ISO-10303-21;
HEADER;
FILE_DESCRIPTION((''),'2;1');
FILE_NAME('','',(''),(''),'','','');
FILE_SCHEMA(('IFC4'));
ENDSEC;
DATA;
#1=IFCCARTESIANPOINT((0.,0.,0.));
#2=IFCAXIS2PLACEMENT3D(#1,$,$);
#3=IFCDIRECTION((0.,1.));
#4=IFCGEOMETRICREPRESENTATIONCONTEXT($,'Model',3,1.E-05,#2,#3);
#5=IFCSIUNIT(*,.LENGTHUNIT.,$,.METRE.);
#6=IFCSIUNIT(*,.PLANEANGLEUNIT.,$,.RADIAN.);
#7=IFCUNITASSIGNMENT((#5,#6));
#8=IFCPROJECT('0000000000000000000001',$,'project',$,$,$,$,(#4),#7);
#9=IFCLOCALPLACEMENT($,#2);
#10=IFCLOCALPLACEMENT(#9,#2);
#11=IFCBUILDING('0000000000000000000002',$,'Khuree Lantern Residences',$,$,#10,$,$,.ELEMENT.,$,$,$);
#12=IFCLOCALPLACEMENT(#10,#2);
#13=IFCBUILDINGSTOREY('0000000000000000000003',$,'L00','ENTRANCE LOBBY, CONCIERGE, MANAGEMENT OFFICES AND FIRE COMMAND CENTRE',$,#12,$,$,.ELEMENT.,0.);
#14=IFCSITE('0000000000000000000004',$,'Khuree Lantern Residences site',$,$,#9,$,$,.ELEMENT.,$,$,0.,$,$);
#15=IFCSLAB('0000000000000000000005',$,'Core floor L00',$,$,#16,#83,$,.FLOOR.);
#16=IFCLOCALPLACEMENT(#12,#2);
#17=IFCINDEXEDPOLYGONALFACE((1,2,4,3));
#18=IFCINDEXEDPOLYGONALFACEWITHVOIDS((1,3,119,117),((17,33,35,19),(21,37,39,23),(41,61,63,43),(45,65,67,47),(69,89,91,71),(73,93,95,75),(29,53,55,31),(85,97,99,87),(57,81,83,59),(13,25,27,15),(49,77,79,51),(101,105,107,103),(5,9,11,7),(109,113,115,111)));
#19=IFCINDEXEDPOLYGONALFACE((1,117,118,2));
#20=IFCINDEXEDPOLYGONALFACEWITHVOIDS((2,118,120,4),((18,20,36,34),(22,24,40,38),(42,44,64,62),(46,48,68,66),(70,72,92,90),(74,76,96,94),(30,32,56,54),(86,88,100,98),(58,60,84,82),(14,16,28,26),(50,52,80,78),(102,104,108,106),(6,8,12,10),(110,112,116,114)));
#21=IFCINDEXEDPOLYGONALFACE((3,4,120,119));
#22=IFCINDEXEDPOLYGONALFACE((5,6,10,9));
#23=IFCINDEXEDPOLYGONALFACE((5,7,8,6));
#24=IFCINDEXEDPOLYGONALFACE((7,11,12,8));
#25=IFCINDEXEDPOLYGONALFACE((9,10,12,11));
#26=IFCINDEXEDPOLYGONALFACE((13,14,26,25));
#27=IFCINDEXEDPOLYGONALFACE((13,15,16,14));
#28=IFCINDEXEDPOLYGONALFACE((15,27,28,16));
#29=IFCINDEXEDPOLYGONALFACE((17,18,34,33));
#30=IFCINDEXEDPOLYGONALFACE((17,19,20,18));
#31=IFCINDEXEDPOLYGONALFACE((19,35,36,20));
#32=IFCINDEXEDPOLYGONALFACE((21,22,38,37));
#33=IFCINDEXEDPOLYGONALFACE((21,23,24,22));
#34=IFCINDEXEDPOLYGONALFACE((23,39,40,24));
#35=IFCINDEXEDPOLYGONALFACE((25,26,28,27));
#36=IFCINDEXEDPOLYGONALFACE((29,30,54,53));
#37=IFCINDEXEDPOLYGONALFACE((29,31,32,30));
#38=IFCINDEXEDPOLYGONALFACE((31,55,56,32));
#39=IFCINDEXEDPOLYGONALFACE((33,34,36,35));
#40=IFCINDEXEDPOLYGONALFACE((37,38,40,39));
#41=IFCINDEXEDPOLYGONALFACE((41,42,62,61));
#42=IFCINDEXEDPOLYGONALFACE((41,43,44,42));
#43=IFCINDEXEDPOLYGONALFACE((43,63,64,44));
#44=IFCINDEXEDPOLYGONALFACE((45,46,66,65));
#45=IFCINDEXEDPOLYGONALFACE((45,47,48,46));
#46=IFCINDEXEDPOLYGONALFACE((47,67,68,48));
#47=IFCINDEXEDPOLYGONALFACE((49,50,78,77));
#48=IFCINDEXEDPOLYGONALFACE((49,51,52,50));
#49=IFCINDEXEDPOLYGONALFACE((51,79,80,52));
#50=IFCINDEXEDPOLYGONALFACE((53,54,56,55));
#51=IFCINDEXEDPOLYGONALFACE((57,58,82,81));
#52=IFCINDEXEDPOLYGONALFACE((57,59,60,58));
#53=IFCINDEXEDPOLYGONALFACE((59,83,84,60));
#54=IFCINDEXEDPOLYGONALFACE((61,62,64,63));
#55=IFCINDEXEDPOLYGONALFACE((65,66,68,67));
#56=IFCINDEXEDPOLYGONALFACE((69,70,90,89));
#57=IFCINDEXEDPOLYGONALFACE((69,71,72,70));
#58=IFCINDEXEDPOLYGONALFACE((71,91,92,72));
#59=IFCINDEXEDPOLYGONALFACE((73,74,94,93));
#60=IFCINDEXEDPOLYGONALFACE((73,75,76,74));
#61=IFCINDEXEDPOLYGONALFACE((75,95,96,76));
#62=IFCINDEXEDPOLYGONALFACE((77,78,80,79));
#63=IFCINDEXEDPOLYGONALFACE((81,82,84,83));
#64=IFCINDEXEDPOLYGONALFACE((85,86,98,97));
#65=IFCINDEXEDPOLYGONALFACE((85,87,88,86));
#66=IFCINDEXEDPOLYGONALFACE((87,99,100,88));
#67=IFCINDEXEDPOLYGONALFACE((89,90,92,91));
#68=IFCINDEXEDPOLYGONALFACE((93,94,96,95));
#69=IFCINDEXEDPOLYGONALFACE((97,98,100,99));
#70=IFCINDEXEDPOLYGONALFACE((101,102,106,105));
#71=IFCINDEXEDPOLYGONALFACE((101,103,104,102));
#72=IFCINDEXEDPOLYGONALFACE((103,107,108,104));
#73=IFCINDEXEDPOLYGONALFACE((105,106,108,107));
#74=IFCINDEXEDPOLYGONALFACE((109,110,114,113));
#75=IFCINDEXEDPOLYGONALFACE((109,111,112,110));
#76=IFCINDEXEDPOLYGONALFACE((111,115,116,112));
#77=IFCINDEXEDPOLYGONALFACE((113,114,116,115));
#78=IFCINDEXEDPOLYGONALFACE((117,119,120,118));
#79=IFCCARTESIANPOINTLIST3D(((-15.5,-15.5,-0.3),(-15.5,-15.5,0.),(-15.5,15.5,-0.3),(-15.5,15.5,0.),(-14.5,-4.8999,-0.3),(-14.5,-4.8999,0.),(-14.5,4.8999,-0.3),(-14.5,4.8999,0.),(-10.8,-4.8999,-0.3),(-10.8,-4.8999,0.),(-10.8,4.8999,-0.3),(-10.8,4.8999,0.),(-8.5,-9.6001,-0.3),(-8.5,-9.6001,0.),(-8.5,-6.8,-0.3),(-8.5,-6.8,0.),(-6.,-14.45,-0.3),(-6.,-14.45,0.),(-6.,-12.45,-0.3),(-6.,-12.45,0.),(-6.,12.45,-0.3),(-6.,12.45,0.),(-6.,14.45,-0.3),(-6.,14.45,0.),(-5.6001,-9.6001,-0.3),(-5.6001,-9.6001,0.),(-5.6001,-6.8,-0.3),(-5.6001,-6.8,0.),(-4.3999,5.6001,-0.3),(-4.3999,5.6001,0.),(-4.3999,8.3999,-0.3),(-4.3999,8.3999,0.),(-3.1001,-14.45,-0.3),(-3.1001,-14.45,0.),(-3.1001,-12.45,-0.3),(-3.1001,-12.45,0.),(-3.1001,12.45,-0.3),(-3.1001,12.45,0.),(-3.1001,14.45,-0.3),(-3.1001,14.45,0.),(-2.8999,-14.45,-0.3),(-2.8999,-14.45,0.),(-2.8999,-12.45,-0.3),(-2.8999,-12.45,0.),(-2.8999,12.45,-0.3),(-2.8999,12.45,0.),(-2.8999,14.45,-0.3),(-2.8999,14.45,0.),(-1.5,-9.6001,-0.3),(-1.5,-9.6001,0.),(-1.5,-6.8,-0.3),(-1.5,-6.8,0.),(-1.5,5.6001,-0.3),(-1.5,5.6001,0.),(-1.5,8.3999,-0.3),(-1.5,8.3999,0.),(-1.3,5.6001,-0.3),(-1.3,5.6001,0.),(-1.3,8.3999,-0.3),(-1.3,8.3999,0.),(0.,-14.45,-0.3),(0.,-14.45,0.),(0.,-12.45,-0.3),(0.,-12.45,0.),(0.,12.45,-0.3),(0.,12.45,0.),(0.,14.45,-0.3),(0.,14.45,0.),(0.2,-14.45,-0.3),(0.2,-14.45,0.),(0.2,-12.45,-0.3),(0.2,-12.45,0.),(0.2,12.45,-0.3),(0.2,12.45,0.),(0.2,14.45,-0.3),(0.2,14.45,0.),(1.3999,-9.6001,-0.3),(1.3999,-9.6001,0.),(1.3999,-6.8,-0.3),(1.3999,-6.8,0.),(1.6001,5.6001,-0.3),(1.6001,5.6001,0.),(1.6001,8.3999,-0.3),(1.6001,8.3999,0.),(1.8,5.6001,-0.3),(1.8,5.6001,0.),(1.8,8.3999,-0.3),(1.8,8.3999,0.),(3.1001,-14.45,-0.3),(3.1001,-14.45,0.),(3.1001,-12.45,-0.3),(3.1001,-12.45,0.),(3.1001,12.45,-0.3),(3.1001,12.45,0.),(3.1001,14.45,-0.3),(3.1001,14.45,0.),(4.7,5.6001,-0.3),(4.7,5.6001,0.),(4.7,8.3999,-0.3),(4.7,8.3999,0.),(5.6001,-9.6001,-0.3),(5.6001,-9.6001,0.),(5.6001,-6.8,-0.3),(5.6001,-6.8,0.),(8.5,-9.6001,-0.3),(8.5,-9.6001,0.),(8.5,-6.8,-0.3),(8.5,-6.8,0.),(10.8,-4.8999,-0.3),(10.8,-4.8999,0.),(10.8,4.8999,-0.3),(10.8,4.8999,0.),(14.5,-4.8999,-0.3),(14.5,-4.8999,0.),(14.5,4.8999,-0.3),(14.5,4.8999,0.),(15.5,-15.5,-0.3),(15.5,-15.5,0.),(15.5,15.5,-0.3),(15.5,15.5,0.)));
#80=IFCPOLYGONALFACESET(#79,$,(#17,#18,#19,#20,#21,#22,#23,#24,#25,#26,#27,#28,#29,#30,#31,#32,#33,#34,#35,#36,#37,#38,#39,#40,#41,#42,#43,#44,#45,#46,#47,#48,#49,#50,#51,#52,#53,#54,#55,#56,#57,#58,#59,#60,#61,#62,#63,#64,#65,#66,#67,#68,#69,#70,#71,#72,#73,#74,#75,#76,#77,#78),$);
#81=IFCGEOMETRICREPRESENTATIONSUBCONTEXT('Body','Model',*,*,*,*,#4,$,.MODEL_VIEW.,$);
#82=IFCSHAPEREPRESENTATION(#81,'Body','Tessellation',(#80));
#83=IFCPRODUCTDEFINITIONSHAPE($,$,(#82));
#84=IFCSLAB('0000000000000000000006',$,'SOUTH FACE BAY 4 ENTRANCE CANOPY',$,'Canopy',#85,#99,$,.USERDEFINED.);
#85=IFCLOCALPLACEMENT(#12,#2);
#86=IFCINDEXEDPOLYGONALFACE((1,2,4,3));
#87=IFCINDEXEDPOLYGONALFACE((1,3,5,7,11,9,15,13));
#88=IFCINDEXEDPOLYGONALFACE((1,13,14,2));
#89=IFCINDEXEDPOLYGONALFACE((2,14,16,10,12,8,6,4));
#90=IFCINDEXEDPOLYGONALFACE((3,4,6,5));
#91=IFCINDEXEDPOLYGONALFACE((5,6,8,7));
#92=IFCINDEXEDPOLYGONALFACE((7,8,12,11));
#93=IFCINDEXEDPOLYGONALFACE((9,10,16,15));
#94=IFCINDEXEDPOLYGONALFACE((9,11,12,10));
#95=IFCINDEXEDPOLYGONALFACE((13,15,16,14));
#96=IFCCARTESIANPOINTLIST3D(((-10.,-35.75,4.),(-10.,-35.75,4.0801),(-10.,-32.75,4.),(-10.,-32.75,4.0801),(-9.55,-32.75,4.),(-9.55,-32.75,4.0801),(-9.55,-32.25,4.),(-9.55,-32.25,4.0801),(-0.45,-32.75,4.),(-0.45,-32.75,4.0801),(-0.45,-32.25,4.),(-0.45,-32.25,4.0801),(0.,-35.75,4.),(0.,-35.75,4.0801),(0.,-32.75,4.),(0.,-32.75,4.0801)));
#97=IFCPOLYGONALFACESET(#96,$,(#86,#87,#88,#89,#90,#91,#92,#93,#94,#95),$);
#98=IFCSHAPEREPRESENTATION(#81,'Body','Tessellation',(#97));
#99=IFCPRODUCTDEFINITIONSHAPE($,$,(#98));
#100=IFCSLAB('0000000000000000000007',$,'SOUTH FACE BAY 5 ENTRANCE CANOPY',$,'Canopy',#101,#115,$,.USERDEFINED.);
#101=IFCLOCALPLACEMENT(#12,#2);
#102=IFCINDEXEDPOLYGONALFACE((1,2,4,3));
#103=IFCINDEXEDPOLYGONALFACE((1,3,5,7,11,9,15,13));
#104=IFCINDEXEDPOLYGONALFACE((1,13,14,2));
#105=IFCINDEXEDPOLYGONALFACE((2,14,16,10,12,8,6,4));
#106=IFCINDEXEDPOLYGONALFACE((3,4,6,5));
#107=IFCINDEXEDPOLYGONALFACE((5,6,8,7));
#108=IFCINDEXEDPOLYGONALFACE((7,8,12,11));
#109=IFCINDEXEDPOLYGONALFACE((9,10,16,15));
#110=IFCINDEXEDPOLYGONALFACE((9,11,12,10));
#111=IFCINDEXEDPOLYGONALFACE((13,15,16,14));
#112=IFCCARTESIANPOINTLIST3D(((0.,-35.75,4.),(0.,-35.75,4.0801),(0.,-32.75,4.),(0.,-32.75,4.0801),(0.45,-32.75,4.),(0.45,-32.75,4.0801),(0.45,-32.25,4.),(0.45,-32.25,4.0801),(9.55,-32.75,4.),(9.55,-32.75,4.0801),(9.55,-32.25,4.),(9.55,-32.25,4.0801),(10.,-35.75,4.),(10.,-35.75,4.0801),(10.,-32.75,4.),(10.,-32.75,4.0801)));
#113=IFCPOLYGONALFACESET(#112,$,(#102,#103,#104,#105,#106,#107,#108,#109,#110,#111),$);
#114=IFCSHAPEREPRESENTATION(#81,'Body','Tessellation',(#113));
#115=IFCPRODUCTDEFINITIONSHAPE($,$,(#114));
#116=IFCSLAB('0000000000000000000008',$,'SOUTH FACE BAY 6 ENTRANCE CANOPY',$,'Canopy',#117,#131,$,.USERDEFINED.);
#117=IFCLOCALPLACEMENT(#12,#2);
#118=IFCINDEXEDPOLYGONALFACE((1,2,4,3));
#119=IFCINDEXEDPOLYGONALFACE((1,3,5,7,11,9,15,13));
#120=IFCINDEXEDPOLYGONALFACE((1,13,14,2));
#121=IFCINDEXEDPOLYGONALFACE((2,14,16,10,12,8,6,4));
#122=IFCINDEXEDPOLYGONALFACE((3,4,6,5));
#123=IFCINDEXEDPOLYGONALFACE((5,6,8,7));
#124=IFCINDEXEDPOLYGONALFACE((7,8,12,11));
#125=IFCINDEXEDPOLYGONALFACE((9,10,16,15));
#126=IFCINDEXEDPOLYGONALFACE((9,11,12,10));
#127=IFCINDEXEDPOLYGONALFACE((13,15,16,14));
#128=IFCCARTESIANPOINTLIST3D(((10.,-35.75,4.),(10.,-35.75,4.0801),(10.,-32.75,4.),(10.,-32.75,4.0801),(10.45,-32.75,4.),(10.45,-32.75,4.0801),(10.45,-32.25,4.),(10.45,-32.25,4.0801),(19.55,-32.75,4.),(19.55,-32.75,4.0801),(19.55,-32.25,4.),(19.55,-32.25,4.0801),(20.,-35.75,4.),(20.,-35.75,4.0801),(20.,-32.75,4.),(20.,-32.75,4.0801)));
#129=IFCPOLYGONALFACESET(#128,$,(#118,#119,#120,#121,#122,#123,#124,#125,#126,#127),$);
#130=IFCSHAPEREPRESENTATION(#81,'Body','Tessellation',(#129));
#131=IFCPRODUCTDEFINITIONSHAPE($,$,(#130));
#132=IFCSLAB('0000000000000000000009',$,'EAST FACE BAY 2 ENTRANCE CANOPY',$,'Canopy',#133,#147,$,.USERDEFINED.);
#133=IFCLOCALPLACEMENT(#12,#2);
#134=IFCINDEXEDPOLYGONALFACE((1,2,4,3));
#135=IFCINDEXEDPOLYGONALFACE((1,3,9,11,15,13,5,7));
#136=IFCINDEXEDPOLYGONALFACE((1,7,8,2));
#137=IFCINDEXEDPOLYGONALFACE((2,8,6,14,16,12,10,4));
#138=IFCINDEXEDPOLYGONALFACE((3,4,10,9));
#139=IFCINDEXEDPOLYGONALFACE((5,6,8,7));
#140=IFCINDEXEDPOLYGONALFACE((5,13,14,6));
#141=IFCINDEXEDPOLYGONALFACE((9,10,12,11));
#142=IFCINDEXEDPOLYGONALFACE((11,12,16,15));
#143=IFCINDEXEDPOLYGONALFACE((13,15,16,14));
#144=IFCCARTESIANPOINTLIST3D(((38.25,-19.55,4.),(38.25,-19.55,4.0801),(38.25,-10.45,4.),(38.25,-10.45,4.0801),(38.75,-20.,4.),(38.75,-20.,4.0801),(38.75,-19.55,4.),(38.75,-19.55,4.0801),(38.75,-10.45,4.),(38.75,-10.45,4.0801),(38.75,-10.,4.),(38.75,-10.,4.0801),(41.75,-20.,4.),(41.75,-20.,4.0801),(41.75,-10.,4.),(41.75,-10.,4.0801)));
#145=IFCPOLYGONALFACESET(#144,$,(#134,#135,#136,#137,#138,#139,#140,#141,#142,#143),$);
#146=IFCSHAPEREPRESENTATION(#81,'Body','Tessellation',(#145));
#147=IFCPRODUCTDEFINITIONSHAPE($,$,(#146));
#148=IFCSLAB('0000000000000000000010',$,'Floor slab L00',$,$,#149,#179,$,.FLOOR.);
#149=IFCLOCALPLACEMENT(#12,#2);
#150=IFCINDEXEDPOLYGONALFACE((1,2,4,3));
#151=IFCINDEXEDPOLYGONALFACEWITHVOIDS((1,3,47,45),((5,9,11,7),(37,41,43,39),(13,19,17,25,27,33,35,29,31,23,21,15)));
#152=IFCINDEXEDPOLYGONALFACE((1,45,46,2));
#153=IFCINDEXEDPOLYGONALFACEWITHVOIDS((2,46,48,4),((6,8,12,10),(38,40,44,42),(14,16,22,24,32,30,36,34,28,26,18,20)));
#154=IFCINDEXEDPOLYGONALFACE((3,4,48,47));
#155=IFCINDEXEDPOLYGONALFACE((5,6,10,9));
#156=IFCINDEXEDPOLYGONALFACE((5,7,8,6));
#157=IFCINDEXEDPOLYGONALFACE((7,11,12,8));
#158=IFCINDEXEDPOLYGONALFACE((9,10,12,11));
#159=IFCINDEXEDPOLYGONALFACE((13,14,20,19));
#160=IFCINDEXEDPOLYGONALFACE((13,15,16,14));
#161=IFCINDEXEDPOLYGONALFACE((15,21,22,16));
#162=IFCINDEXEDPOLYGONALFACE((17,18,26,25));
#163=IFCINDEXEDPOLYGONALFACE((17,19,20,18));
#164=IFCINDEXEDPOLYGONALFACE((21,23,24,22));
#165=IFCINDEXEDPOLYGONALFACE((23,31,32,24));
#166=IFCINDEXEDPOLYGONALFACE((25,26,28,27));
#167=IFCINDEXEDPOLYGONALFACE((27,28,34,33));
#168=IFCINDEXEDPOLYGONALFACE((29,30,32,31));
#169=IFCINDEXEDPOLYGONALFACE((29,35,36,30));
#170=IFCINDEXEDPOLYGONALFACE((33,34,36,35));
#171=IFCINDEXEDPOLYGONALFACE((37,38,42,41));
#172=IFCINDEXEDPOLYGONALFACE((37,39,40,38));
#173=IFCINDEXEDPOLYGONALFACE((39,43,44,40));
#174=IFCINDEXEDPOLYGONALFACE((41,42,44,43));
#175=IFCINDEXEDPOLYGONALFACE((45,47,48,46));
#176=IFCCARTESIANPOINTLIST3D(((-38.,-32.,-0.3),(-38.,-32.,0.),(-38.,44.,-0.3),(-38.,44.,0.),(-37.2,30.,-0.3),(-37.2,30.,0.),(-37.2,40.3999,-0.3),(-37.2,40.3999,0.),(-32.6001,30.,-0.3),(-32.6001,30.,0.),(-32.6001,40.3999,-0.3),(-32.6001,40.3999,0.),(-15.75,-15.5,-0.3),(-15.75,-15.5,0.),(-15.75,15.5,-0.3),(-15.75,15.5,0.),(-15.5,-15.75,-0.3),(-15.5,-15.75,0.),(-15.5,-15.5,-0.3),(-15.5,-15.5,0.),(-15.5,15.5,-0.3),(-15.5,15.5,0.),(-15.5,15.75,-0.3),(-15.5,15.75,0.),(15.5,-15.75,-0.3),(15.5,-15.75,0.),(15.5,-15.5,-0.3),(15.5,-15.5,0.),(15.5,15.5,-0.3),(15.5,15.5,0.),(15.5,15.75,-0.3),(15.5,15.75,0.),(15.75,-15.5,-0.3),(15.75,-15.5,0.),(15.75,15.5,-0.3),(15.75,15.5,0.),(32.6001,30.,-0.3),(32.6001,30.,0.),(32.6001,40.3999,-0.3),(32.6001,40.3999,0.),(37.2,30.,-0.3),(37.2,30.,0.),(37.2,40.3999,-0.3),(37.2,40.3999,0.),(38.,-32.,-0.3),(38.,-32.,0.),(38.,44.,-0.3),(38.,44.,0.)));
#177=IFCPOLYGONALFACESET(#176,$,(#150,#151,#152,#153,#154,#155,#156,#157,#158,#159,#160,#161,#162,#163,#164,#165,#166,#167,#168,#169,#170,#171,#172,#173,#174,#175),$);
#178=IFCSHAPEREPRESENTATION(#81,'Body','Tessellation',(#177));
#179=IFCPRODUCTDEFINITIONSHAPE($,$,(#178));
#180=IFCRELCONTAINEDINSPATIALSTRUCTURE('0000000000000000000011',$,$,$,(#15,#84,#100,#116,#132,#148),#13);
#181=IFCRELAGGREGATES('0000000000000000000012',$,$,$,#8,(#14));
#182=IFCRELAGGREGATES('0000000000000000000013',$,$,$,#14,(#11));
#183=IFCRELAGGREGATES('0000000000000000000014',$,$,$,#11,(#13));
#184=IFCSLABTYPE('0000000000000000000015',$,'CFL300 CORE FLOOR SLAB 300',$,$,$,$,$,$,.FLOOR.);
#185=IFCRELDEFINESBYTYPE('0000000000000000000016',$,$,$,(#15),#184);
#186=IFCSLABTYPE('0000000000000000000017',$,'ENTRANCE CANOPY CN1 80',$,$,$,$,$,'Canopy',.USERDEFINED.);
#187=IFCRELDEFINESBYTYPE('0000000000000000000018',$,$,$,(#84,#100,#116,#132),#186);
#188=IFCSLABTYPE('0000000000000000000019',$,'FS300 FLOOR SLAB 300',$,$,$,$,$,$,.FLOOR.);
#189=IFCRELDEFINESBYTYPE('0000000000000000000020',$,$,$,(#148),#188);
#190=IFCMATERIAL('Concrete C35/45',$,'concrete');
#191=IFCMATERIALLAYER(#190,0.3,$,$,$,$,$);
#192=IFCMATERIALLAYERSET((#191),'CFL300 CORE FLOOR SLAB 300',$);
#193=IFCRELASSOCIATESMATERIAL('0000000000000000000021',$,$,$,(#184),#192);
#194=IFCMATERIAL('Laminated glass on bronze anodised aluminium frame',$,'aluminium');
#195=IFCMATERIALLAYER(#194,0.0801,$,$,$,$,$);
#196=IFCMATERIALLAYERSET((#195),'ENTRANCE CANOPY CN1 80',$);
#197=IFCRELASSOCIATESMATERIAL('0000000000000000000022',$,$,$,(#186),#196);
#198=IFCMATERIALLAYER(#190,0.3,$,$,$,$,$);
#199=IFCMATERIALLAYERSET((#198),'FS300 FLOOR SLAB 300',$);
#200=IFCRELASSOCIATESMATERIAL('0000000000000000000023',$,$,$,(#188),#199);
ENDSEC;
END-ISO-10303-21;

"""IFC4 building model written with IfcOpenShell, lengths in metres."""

from ifc_helpers import new_model, si_unit, direction, frame, origin, place, context, subcontext, project, spatial, polyline, outline, extrude, material, layer, layer_set, type_object, element, save


model = new_model("IFC4")

# Units and contexts
model_context = context("Model", 3, precision=1e-05, world=origin(), true_north=direction((0.0, 1.0)))
body_context = subcontext(model_context, "Body", "Model", "MODEL_VIEW")
ifc_project = project(units=[si_unit("LENGTHUNIT", "METRE"), si_unit("PLANEANGLEUNIT", "RADIAN")], contexts=[model_context])

# Site, building, storey
site_placement = place(None, origin())
site = spatial("IfcSite", under=ifc_project, at=site_placement, Name="Khuree Lantern Residences site", CompositionType="ELEMENT", RefElevation=0.0)
building_placement = place(site_placement, origin())
building = spatial("IfcBuilding", under=site, at=building_placement, Name="Khuree Lantern Residences", CompositionType="ELEMENT")
storey_placement = place(building_placement, origin())
storey = spatial("IfcBuildingStorey", under=building, at=storey_placement, Name="L00", Description="ENTRANCE LOBBY, CONCIERGE, MANAGEMENT OFFICES AND FIRE COMMAND CENTRE", CompositionType="ELEMENT", Elevation=0.0)

# Slabs
ifc_material_1 = material(Name="Concrete C35/45", Category="concrete")
ifc_layer_1 = layer(ifc_material_1, 0.3)
ifc_layer_set_1 = layer_set([ifc_layer_1], Name="CFL300 CORE FLOOR SLAB 300")
slab_type_1 = type_object("IfcSlabType", Name="CFL300 CORE FLOOR SLAB 300", PredefinedType="FLOOR", material=ifc_layer_set_1)
slab_1_placement = place(storey_placement, frame((0.0, 0.0, -0.3)))
element("IfcSlab", 1, at=slab_1_placement, inside=storey, type_object=slab_type_1, Name="Core floor L00", PredefinedType="FLOOR", context=body_context, shape_type="SweptSolid", body=[
    extrude(outline(polyline([(-15.5, -15.5), (-15.5, 15.5), (15.5, 15.5), (15.5, -15.5), (-15.5, -15.5)]), holes=[polyline([(14.5, -4.8999), (14.5, 4.8999), (10.8, 4.8999), (10.8, -4.8999), (14.5, -4.8999)]), polyline([(8.5, -9.6001), (8.5, -6.8), (5.6001, -6.8), (5.6001, -9.6001), (8.5, -9.6001)]), polyline([(4.7, 8.3999), (1.8, 8.3999), (1.8, 5.6001), (4.7, 5.6001), (4.7, 8.3999)]), polyline([(3.1001, -12.45), (0.2, -12.45), (0.2, -14.45), (3.1001, -14.45), (3.1001, -12.45)]), polyline([(3.1001, 14.45), (0.2, 14.45), (0.2, 12.45), (3.1001, 12.45), (3.1001, 14.45)]), polyline([(1.6001, 8.3999), (-1.3, 8.3999), (-1.3, 5.6001), (1.6001, 5.6001), (1.6001, 8.3999)]), polyline([(1.3999, -6.8), (-1.5, -6.8), (-1.5, -9.6001), (1.3999, -9.6001), (1.3999, -6.8)]), polyline([(0.0, -12.45), (-2.8999, -12.45), (-2.8999, -14.45), (0.0, -14.45), (0.0, -12.45)]), polyline([(0.0, 12.45), (0.0, 14.45), (-2.8999, 14.45), (-2.8999, 12.45), (0.0, 12.45)]), polyline([(-1.5, 8.3999), (-4.3999, 8.3999), (-4.3999, 5.6001), (-1.5, 5.6001), (-1.5, 8.3999)]), polyline([(-3.1001, -12.45), (-6.0, -12.45), (-6.0, -14.45), (-3.1001, -14.45), (-3.1001, -12.45)]), polyline([(-3.1001, 12.45), (-3.1001, 14.45), (-6.0, 14.45), (-6.0, 12.45), (-3.1001, 12.45)]), polyline([(-5.6001, -6.8), (-8.5, -6.8), (-8.5, -9.6001), (-5.6001, -9.6001), (-5.6001, -6.8)]), polyline([(-10.8, 4.8999), (-14.5, 4.8999), (-14.5, -4.8999), (-10.8, -4.8999), (-10.8, 4.8999)])]), origin(), (0.0, 0.0, 1.0), 0.3),
])
ifc_material_2 = material(Name="Laminated glass on bronze anodised aluminium frame", Category="aluminium")
ifc_layer_2 = layer(ifc_material_2, 0.0801)
ifc_layer_set_2 = layer_set([ifc_layer_2], Name="ENTRANCE CANOPY CN1 80")
slab_type_2 = type_object("IfcSlabType", Name="ENTRANCE CANOPY CN1 80", ElementType="Canopy", PredefinedType="USERDEFINED", material=ifc_layer_set_2)
slab_2_placement = place(storey_placement, frame((0.0, 0.0, 4.0)))
element("IfcSlab", 2, at=slab_2_placement, inside=storey, type_object=slab_type_2, Name="SOUTH FACE BAY 4 ENTRANCE CANOPY", ObjectType="Canopy", PredefinedType="USERDEFINED", context=body_context, shape_type="SweptSolid", body=[
    extrude(outline(polyline([(-9.55, -32.25), (-0.45, -32.25), (-0.45, -32.75), (0.0, -32.75), (0.0, -35.75), (-10.0, -35.75), (-10.0, -32.75), (-9.55, -32.75), (-9.55, -32.25)])), origin(), (0.0, 0.0, 1.0), 0.0801),
])
slab_3_placement = place(storey_placement, frame((0.0, 0.0, 4.0)))
element("IfcSlab", 3, at=slab_3_placement, inside=storey, type_object=slab_type_2, Name="SOUTH FACE BAY 5 ENTRANCE CANOPY", ObjectType="Canopy", PredefinedType="USERDEFINED", context=body_context, shape_type="SweptSolid", body=[
    extrude(outline(polyline([(0.45, -32.25), (9.55, -32.25), (9.55, -32.75), (10.0, -32.75), (10.0, -35.75), (0.0, -35.75), (0.0, -32.75), (0.45, -32.75), (0.45, -32.25)])), origin(), (0.0, 0.0, 1.0), 0.0801),
])
slab_4_placement = place(storey_placement, frame((0.0, 0.0, 4.0)))
element("IfcSlab", 4, at=slab_4_placement, inside=storey, type_object=slab_type_2, Name="SOUTH FACE BAY 6 ENTRANCE CANOPY", ObjectType="Canopy", PredefinedType="USERDEFINED", context=body_context, shape_type="SweptSolid", body=[
    extrude(outline(polyline([(10.45, -32.25), (19.55, -32.25), (19.55, -32.75), (20.0, -32.75), (20.0, -35.75), (10.0, -35.75), (10.0, -32.75), (10.45, -32.75), (10.45, -32.25)])), origin(), (0.0, 0.0, 1.0), 0.0801),
])
slab_5_placement = place(storey_placement, frame((0.0, 0.0, 4.0)))
element("IfcSlab", 5, at=slab_5_placement, inside=storey, type_object=slab_type_2, Name="EAST FACE BAY 2 ENTRANCE CANOPY", ObjectType="Canopy", PredefinedType="USERDEFINED", context=body_context, shape_type="SweptSolid", body=[
    extrude(outline(polyline([(38.25, -19.55), (38.25, -10.45), (38.75, -10.45), (38.75, -10.0), (41.75, -10.0), (41.75, -20.0), (38.75, -20.0), (38.75, -19.55), (38.25, -19.55)])), origin(), (0.0, 0.0, 1.0), 0.0801),
])
ifc_layer_3 = layer(ifc_material_1, 0.3)
ifc_layer_set_3 = layer_set([ifc_layer_3], Name="FS300 FLOOR SLAB 300")
slab_type_3 = type_object("IfcSlabType", Name="FS300 FLOOR SLAB 300", PredefinedType="FLOOR", material=ifc_layer_set_3)
slab_6_placement = place(storey_placement, frame((0.0, 0.0, -0.3)))
element("IfcSlab", 6, at=slab_6_placement, inside=storey, type_object=slab_type_3, Name="Floor slab L00", PredefinedType="FLOOR", context=body_context, shape_type="SweptSolid", body=[
    extrude(outline(polyline([(-38.0, 44.0), (38.0, 44.0), (38.0, -32.0), (-38.0, -32.0), (-38.0, 44.0)]), holes=[polyline([(37.2, 30.0), (37.2, 40.3999), (32.6001, 40.3999), (32.6001, 30.0), (37.2, 30.0)]), polyline([(15.75, 15.5), (15.5, 15.5), (15.5, 15.75), (-15.5, 15.75), (-15.5, 15.5), (-15.75, 15.5), (-15.75, -15.5), (-15.5, -15.5), (-15.5, -15.75), (15.5, -15.75), (15.5, -15.5), (15.75, -15.5), (15.75, 15.5)]), polyline([(-32.6001, 40.3999), (-37.2, 40.3999), (-37.2, 30.0), (-32.6001, 30.0), (-32.6001, 40.3999)])]), origin(), (0.0, 0.0, 1.0), 0.3),
])

save(model, "model.ifc")
